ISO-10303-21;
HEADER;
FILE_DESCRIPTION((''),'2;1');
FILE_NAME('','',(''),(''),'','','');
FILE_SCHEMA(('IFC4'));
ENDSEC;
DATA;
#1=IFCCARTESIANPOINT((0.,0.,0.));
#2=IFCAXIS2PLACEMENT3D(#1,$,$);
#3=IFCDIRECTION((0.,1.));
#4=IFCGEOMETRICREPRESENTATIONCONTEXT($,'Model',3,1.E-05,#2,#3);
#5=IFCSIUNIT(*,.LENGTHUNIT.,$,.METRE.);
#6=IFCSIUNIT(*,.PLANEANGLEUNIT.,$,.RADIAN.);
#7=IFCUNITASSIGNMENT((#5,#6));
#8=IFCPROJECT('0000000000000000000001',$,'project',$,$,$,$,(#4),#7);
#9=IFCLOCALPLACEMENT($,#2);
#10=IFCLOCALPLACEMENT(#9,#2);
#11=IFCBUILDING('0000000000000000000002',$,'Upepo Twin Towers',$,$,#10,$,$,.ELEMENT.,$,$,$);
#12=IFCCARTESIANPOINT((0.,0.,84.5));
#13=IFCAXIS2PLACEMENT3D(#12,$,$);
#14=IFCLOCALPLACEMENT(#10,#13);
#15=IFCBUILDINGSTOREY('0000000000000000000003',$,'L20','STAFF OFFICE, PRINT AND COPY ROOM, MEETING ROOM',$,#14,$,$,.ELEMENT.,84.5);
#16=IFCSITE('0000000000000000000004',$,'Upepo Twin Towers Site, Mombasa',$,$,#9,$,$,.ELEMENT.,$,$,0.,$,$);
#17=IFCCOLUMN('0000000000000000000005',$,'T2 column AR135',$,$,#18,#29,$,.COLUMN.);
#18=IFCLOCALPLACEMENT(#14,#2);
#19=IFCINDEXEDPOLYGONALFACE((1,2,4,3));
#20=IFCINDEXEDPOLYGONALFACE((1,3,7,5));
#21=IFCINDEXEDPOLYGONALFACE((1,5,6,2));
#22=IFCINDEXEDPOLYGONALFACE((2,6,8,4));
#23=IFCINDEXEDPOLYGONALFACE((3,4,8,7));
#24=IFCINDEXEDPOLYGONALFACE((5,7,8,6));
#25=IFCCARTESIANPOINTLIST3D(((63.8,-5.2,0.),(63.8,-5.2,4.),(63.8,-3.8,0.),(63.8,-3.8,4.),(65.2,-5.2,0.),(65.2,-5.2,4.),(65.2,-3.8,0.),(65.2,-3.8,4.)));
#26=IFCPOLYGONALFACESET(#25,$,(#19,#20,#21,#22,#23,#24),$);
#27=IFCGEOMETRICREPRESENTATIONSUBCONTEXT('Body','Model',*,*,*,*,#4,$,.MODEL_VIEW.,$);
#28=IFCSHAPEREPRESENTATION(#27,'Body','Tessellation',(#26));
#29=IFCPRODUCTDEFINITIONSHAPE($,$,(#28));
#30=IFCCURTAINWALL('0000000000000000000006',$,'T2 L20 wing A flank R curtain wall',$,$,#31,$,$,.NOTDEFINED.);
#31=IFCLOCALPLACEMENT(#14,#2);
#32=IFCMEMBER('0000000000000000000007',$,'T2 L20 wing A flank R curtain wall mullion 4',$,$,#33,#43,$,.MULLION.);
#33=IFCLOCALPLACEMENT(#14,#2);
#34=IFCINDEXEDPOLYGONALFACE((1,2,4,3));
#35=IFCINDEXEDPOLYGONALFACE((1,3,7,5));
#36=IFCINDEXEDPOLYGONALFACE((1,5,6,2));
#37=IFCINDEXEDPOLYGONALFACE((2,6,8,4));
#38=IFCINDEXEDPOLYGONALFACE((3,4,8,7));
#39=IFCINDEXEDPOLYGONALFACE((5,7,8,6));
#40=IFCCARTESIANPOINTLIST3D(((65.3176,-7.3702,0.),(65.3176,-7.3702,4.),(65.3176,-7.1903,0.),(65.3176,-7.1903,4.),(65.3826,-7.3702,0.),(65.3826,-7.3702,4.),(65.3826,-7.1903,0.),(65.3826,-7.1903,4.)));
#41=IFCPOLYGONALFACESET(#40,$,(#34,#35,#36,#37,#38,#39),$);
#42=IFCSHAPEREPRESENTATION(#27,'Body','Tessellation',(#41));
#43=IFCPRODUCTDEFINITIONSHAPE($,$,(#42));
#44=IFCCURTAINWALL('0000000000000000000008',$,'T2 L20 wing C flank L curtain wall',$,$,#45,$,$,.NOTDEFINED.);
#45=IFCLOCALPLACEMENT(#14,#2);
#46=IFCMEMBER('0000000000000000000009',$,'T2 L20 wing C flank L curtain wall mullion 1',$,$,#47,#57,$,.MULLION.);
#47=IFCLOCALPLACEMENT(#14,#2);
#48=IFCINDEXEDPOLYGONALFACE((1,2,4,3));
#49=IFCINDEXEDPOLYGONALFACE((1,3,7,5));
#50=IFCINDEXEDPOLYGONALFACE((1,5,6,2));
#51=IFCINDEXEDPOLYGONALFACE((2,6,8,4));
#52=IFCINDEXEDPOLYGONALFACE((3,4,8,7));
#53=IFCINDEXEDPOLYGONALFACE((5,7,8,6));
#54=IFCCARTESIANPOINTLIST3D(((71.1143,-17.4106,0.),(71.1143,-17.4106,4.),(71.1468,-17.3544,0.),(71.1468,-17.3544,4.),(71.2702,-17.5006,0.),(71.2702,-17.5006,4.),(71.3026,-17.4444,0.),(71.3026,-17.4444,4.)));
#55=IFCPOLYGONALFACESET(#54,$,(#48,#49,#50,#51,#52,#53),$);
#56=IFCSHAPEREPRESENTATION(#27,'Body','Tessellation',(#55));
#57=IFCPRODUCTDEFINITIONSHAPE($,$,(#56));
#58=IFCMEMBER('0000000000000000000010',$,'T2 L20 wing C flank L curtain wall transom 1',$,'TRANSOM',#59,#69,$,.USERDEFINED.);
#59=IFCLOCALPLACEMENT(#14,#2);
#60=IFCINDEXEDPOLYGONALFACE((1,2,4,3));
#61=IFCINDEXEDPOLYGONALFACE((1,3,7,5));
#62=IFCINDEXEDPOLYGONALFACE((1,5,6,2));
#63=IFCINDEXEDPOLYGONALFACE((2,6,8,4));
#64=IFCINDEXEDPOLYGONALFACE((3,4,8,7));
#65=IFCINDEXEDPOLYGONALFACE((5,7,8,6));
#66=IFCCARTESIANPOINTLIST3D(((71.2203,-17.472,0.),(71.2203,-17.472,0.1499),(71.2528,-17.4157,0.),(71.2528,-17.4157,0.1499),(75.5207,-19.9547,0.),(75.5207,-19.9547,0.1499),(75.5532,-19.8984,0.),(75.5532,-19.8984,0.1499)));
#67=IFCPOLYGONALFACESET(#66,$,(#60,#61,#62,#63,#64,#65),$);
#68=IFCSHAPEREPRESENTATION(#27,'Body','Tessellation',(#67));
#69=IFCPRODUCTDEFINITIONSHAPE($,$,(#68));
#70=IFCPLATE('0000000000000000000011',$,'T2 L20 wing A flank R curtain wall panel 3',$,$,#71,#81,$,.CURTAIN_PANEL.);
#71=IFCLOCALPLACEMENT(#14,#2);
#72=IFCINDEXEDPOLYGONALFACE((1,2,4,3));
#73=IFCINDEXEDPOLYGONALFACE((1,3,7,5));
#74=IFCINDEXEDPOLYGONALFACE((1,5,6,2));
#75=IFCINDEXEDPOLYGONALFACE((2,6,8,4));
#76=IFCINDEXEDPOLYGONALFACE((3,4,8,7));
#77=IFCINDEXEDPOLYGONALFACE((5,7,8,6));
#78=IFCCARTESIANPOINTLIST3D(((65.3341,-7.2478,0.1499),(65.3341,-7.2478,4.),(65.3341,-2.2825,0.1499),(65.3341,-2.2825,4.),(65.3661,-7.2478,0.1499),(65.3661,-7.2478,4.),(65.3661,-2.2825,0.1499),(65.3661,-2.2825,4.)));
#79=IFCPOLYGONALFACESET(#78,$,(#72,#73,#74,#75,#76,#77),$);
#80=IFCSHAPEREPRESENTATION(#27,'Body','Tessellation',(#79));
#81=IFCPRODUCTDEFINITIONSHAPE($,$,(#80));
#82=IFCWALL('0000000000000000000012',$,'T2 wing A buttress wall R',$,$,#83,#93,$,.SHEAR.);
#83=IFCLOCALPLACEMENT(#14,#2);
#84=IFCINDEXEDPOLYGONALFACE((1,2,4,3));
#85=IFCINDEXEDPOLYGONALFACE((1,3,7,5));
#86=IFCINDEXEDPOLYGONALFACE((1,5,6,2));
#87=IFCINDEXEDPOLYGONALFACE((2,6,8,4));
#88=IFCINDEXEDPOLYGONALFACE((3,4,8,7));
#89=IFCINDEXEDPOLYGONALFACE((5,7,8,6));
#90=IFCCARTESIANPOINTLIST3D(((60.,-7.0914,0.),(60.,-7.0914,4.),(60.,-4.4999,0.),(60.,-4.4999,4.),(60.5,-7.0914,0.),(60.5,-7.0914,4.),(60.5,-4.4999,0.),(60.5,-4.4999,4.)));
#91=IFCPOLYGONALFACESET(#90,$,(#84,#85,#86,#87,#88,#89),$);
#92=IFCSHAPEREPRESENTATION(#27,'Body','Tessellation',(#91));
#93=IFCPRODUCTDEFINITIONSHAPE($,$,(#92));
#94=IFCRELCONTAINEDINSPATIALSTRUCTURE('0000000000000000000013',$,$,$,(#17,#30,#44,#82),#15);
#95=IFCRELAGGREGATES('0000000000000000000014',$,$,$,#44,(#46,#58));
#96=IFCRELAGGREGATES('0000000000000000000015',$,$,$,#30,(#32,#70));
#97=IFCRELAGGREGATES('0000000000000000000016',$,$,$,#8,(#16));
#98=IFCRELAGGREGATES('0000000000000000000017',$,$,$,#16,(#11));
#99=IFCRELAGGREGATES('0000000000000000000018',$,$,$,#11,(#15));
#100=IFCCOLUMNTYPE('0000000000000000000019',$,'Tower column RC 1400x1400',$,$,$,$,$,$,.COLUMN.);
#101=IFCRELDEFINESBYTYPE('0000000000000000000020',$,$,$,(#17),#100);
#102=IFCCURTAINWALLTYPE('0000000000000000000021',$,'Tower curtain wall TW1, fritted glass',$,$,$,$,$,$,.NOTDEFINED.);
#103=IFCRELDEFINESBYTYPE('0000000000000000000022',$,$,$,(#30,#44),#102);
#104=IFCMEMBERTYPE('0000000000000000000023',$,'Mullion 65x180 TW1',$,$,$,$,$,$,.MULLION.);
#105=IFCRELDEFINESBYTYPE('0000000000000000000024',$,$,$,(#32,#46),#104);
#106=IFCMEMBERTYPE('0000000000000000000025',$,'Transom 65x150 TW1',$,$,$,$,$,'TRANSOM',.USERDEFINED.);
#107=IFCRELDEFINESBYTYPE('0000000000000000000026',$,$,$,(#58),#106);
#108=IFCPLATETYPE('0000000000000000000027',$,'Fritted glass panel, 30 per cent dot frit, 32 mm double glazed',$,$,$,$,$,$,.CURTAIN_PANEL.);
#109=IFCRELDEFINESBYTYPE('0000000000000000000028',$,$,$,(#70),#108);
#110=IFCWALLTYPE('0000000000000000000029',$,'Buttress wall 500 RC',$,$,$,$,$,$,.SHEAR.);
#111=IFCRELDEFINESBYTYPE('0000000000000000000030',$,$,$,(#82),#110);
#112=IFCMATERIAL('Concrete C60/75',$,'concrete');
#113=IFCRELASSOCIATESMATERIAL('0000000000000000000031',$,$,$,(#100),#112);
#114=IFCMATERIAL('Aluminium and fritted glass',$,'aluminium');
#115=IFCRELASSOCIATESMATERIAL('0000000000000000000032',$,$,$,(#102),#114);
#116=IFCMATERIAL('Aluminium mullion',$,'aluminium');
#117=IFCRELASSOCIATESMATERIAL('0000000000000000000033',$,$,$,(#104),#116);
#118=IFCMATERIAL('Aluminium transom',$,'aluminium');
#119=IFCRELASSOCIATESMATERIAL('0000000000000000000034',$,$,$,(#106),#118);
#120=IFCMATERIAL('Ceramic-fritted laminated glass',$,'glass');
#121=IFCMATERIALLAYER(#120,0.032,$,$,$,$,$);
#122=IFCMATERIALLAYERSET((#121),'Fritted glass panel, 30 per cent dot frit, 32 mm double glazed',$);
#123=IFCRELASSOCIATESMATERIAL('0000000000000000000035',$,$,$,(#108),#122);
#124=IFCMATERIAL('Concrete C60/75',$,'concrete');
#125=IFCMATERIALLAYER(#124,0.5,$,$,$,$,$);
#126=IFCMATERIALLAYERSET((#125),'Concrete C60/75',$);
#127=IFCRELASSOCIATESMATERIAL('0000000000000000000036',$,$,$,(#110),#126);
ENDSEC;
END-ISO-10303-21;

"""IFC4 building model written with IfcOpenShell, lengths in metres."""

from ifc_helpers import new_model, si_unit, direction, frame, frame_2d, origin, origin_2d, place, context, subcontext, project, spatial, rectangle, extrude, material, layer, layer_set, material_profile, profile_set, type_object, element, aggregate, save


model = new_model("IFC4")

# Units and contexts
model_context = context("Model", 3, precision=1e-05, world=origin(), true_north=direction((0.0, 1.0)))
body_context = subcontext(model_context, "Body", "Model", "MODEL_VIEW")
ifc_project = project(units=[si_unit("LENGTHUNIT", "METRE"), si_unit("PLANEANGLEUNIT", "RADIAN")], contexts=[model_context])

# Site, building, storey
site_placement = place(None, origin())
site = spatial("IfcSite", under=ifc_project, at=site_placement, Name="Upepo Twin Towers Site, Mombasa", CompositionType="ELEMENT", RefElevation=0.0)
building_placement = place(site_placement, origin())
building = spatial("IfcBuilding", under=site, at=building_placement, Name="Upepo Twin Towers", CompositionType="ELEMENT")
storey_placement = place(building_placement, frame((0.0, 0.0, 84.5)))
storey = spatial("IfcBuildingStorey", under=building, at=storey_placement, Name="L20", Description="STAFF OFFICE, PRINT AND COPY ROOM, MEETING ROOM", CompositionType="ELEMENT", Elevation=84.5)

# Column
ifc_material_1 = material(Name="Concrete C60/75", Category="concrete")
ifc_material_profile_1 = material_profile(ifc_material_1, rectangle(XDim=1.3999, YDim=1.3999, at=origin_2d()), Name="RC 1400x1400")
ifc_profile_set_1 = profile_set([ifc_material_profile_1], Name="Concrete C60/75")
column_type = type_object("IfcColumnType", Name="Tower column RC 1400x1400", PredefinedType="COLUMN", material=ifc_profile_set_1)
column_placement = place(storey_placement, frame((64.5, -4.5, 0.0), z_axis=(0.0, 0.0, 1.0), x_axis=(1.0, 0.0, 0.0)))
element("IfcColumn", 1, at=column_placement, inside=storey, type_object=column_type, Name="T2 column AR135", PredefinedType="COLUMN", context=body_context, shape_type="SweptSolid", body=[
    extrude(rectangle(XDim=1.3999, YDim=1.3999, at=origin_2d()), origin(), (0.0, 0.0, 1.0), 4.0),
])

# Curtain wall, member
ifc_material_2 = material(Name="Aluminium and fritted glass", Category="aluminium")
curtain_wall_type = type_object("IfcCurtainWallType", Name="Tower curtain wall TW1, fritted glass", PredefinedType="NOTDEFINED", material=ifc_material_2)
curtain_wall_1_placement = place(storey_placement, origin())
curtain_wall_1 = element("IfcCurtainWall", 2, at=curtain_wall_1_placement, inside=storey, type_object=curtain_wall_type, Name="T2 L20 wing A flank R curtain wall", PredefinedType="NOTDEFINED")
ifc_material_3 = material(Name="Aluminium mullion", Category="aluminium")
ifc_material_profile_2 = material_profile(ifc_material_3, rectangle(XDim=0.0649, YDim=0.1799, at=origin_2d()), Name="MULLION 65x180")
ifc_profile_set_2 = profile_set([ifc_material_profile_2], Name="Aluminium mullion")
member_type_1 = type_object("IfcMemberType", Name="Mullion 65x180 TW1", PredefinedType="MULLION", material=ifc_profile_set_2)
member_1_placement = place(storey_placement, frame((65.3501, -7.2803, 0.0), z_axis=(0.0, 0.0, 1.0), x_axis=(1.0, 0.0, 0.0)))
member_1 = element("IfcMember", 3, at=member_1_placement, type_object=member_type_1, Name="T2 L20 wing A flank R curtain wall mullion 4", PredefinedType="MULLION", context=body_context, shape_type="SweptSolid", body=[
    extrude(rectangle(XDim=0.0649, YDim=0.1799, at=origin_2d()), origin(), (0.0, 0.0, 1.0), 4.0),
])

# Curtain wall, members
curtain_wall_2_placement = place(storey_placement, origin())
curtain_wall_2 = element("IfcCurtainWall", 4, at=curtain_wall_2_placement, inside=storey, type_object=curtain_wall_type, Name="T2 L20 wing C flank L curtain wall", PredefinedType="NOTDEFINED")
member_2_placement = place(storey_placement, frame((71.2085, -17.4275, 0.0), z_axis=(0.0, 0.0, 1.0), x_axis=(0.5, 0.866025, 0.0)))
member_2 = element("IfcMember", 5, at=member_2_placement, type_object=member_type_1, Name="T2 L20 wing C flank L curtain wall mullion 1", PredefinedType="MULLION", context=body_context, shape_type="SweptSolid", body=[
    extrude(rectangle(XDim=0.0649, YDim=0.1799, at=origin_2d()), origin(), (0.0, 0.0, 1.0), 4.0),
])
ifc_material_4 = material(Name="Aluminium transom", Category="aluminium")
ifc_material_profile_3 = material_profile(ifc_material_4, rectangle(XDim=0.0649, YDim=0.1499, at=origin_2d()), Name="TRANSOM 65x150")
ifc_profile_set_3 = profile_set([ifc_material_profile_3], Name="Aluminium transom")
member_type_2 = type_object("IfcMemberType", Name="Transom 65x150 TW1", ElementType="TRANSOM", PredefinedType="USERDEFINED", material=ifc_profile_set_3)
member_3_placement = place(storey_placement, frame((71.2366, -17.4438, 0.075), z_axis=(0.866035, -0.499983, 0.0), x_axis=(0.499983, 0.866035, 0.0)))
member_3 = element("IfcMember", 6, at=member_3_placement, type_object=member_type_2, Name="T2 L20 wing C flank L curtain wall transom 1", ObjectType="TRANSOM", PredefinedType="USERDEFINED", context=body_context, shape_type="SweptSolid", body=[
    extrude(rectangle(XDim=0.0649, YDim=0.1499, at=origin_2d()), origin(), (0.0, 0.0, 1.0), 4.9656),
])
aggregate(curtain_wall_2, [member_2, member_3])

# Plate
ifc_material_5 = material(Name="Ceramic-fritted laminated glass", Category="glass")
ifc_layer_1 = layer(ifc_material_5, 0.032)
ifc_layer_set_1 = layer_set([ifc_layer_1], Name="Fritted glass panel, 30 per cent dot frit, 32 mm double glazed")
plate_type = type_object("IfcPlateType", Name="Fritted glass panel, 30 per cent dot frit, 32 mm double glazed", PredefinedType="CURTAIN_PANEL", material=ifc_layer_set_1)
plate_placement = place(storey_placement, frame((65.3501, -4.7651, 0.1499), z_axis=(0.0, 0.0, 1.0), x_axis=(0.0, -1.0, 0.0)))
plate = element("IfcPlate", 7, at=plate_placement, type_object=plate_type, Name="T2 L20 wing A flank R curtain wall panel 3", PredefinedType="CURTAIN_PANEL", context=body_context, shape_type="SweptSolid", body=[
    extrude(rectangle(XDim=4.9653, YDim=0.032, at=origin_2d()), origin(), (0.0, 0.0, 1.0), 3.8501),
])
aggregate(curtain_wall_1, [member_1, plate])

# Wall
ifc_material_6 = material(Name="Concrete C60/75", Category="concrete")
ifc_layer_2 = layer(ifc_material_6, 0.5)
ifc_layer_set_2 = layer_set([ifc_layer_2], Name="Concrete C60/75")
wall_type_1 = type_object("IfcWallType", Name="Buttress wall 500 RC", PredefinedType="SHEAR", material=ifc_layer_set_2)
wall_1_placement = place(storey_placement, frame((60.25, -7.0916, 0.0), z_axis=(0.0, 0.0, 1.0), x_axis=(0.0, 1.0, 0.0)))
element("IfcWall", 8, at=wall_1_placement, inside=storey, type_object=wall_type_1, Name="T2 wing A buttress wall R", PredefinedType="SHEAR", context=body_context, shape_type="SweptSolid", body=[
    extrude(rectangle(XDim=2.5916, YDim=0.5, at=frame_2d((1.2959, 0.0))), origin(), (0.0, 0.0, 1.0), 4.0),
])

save(model, "model.ifc")
